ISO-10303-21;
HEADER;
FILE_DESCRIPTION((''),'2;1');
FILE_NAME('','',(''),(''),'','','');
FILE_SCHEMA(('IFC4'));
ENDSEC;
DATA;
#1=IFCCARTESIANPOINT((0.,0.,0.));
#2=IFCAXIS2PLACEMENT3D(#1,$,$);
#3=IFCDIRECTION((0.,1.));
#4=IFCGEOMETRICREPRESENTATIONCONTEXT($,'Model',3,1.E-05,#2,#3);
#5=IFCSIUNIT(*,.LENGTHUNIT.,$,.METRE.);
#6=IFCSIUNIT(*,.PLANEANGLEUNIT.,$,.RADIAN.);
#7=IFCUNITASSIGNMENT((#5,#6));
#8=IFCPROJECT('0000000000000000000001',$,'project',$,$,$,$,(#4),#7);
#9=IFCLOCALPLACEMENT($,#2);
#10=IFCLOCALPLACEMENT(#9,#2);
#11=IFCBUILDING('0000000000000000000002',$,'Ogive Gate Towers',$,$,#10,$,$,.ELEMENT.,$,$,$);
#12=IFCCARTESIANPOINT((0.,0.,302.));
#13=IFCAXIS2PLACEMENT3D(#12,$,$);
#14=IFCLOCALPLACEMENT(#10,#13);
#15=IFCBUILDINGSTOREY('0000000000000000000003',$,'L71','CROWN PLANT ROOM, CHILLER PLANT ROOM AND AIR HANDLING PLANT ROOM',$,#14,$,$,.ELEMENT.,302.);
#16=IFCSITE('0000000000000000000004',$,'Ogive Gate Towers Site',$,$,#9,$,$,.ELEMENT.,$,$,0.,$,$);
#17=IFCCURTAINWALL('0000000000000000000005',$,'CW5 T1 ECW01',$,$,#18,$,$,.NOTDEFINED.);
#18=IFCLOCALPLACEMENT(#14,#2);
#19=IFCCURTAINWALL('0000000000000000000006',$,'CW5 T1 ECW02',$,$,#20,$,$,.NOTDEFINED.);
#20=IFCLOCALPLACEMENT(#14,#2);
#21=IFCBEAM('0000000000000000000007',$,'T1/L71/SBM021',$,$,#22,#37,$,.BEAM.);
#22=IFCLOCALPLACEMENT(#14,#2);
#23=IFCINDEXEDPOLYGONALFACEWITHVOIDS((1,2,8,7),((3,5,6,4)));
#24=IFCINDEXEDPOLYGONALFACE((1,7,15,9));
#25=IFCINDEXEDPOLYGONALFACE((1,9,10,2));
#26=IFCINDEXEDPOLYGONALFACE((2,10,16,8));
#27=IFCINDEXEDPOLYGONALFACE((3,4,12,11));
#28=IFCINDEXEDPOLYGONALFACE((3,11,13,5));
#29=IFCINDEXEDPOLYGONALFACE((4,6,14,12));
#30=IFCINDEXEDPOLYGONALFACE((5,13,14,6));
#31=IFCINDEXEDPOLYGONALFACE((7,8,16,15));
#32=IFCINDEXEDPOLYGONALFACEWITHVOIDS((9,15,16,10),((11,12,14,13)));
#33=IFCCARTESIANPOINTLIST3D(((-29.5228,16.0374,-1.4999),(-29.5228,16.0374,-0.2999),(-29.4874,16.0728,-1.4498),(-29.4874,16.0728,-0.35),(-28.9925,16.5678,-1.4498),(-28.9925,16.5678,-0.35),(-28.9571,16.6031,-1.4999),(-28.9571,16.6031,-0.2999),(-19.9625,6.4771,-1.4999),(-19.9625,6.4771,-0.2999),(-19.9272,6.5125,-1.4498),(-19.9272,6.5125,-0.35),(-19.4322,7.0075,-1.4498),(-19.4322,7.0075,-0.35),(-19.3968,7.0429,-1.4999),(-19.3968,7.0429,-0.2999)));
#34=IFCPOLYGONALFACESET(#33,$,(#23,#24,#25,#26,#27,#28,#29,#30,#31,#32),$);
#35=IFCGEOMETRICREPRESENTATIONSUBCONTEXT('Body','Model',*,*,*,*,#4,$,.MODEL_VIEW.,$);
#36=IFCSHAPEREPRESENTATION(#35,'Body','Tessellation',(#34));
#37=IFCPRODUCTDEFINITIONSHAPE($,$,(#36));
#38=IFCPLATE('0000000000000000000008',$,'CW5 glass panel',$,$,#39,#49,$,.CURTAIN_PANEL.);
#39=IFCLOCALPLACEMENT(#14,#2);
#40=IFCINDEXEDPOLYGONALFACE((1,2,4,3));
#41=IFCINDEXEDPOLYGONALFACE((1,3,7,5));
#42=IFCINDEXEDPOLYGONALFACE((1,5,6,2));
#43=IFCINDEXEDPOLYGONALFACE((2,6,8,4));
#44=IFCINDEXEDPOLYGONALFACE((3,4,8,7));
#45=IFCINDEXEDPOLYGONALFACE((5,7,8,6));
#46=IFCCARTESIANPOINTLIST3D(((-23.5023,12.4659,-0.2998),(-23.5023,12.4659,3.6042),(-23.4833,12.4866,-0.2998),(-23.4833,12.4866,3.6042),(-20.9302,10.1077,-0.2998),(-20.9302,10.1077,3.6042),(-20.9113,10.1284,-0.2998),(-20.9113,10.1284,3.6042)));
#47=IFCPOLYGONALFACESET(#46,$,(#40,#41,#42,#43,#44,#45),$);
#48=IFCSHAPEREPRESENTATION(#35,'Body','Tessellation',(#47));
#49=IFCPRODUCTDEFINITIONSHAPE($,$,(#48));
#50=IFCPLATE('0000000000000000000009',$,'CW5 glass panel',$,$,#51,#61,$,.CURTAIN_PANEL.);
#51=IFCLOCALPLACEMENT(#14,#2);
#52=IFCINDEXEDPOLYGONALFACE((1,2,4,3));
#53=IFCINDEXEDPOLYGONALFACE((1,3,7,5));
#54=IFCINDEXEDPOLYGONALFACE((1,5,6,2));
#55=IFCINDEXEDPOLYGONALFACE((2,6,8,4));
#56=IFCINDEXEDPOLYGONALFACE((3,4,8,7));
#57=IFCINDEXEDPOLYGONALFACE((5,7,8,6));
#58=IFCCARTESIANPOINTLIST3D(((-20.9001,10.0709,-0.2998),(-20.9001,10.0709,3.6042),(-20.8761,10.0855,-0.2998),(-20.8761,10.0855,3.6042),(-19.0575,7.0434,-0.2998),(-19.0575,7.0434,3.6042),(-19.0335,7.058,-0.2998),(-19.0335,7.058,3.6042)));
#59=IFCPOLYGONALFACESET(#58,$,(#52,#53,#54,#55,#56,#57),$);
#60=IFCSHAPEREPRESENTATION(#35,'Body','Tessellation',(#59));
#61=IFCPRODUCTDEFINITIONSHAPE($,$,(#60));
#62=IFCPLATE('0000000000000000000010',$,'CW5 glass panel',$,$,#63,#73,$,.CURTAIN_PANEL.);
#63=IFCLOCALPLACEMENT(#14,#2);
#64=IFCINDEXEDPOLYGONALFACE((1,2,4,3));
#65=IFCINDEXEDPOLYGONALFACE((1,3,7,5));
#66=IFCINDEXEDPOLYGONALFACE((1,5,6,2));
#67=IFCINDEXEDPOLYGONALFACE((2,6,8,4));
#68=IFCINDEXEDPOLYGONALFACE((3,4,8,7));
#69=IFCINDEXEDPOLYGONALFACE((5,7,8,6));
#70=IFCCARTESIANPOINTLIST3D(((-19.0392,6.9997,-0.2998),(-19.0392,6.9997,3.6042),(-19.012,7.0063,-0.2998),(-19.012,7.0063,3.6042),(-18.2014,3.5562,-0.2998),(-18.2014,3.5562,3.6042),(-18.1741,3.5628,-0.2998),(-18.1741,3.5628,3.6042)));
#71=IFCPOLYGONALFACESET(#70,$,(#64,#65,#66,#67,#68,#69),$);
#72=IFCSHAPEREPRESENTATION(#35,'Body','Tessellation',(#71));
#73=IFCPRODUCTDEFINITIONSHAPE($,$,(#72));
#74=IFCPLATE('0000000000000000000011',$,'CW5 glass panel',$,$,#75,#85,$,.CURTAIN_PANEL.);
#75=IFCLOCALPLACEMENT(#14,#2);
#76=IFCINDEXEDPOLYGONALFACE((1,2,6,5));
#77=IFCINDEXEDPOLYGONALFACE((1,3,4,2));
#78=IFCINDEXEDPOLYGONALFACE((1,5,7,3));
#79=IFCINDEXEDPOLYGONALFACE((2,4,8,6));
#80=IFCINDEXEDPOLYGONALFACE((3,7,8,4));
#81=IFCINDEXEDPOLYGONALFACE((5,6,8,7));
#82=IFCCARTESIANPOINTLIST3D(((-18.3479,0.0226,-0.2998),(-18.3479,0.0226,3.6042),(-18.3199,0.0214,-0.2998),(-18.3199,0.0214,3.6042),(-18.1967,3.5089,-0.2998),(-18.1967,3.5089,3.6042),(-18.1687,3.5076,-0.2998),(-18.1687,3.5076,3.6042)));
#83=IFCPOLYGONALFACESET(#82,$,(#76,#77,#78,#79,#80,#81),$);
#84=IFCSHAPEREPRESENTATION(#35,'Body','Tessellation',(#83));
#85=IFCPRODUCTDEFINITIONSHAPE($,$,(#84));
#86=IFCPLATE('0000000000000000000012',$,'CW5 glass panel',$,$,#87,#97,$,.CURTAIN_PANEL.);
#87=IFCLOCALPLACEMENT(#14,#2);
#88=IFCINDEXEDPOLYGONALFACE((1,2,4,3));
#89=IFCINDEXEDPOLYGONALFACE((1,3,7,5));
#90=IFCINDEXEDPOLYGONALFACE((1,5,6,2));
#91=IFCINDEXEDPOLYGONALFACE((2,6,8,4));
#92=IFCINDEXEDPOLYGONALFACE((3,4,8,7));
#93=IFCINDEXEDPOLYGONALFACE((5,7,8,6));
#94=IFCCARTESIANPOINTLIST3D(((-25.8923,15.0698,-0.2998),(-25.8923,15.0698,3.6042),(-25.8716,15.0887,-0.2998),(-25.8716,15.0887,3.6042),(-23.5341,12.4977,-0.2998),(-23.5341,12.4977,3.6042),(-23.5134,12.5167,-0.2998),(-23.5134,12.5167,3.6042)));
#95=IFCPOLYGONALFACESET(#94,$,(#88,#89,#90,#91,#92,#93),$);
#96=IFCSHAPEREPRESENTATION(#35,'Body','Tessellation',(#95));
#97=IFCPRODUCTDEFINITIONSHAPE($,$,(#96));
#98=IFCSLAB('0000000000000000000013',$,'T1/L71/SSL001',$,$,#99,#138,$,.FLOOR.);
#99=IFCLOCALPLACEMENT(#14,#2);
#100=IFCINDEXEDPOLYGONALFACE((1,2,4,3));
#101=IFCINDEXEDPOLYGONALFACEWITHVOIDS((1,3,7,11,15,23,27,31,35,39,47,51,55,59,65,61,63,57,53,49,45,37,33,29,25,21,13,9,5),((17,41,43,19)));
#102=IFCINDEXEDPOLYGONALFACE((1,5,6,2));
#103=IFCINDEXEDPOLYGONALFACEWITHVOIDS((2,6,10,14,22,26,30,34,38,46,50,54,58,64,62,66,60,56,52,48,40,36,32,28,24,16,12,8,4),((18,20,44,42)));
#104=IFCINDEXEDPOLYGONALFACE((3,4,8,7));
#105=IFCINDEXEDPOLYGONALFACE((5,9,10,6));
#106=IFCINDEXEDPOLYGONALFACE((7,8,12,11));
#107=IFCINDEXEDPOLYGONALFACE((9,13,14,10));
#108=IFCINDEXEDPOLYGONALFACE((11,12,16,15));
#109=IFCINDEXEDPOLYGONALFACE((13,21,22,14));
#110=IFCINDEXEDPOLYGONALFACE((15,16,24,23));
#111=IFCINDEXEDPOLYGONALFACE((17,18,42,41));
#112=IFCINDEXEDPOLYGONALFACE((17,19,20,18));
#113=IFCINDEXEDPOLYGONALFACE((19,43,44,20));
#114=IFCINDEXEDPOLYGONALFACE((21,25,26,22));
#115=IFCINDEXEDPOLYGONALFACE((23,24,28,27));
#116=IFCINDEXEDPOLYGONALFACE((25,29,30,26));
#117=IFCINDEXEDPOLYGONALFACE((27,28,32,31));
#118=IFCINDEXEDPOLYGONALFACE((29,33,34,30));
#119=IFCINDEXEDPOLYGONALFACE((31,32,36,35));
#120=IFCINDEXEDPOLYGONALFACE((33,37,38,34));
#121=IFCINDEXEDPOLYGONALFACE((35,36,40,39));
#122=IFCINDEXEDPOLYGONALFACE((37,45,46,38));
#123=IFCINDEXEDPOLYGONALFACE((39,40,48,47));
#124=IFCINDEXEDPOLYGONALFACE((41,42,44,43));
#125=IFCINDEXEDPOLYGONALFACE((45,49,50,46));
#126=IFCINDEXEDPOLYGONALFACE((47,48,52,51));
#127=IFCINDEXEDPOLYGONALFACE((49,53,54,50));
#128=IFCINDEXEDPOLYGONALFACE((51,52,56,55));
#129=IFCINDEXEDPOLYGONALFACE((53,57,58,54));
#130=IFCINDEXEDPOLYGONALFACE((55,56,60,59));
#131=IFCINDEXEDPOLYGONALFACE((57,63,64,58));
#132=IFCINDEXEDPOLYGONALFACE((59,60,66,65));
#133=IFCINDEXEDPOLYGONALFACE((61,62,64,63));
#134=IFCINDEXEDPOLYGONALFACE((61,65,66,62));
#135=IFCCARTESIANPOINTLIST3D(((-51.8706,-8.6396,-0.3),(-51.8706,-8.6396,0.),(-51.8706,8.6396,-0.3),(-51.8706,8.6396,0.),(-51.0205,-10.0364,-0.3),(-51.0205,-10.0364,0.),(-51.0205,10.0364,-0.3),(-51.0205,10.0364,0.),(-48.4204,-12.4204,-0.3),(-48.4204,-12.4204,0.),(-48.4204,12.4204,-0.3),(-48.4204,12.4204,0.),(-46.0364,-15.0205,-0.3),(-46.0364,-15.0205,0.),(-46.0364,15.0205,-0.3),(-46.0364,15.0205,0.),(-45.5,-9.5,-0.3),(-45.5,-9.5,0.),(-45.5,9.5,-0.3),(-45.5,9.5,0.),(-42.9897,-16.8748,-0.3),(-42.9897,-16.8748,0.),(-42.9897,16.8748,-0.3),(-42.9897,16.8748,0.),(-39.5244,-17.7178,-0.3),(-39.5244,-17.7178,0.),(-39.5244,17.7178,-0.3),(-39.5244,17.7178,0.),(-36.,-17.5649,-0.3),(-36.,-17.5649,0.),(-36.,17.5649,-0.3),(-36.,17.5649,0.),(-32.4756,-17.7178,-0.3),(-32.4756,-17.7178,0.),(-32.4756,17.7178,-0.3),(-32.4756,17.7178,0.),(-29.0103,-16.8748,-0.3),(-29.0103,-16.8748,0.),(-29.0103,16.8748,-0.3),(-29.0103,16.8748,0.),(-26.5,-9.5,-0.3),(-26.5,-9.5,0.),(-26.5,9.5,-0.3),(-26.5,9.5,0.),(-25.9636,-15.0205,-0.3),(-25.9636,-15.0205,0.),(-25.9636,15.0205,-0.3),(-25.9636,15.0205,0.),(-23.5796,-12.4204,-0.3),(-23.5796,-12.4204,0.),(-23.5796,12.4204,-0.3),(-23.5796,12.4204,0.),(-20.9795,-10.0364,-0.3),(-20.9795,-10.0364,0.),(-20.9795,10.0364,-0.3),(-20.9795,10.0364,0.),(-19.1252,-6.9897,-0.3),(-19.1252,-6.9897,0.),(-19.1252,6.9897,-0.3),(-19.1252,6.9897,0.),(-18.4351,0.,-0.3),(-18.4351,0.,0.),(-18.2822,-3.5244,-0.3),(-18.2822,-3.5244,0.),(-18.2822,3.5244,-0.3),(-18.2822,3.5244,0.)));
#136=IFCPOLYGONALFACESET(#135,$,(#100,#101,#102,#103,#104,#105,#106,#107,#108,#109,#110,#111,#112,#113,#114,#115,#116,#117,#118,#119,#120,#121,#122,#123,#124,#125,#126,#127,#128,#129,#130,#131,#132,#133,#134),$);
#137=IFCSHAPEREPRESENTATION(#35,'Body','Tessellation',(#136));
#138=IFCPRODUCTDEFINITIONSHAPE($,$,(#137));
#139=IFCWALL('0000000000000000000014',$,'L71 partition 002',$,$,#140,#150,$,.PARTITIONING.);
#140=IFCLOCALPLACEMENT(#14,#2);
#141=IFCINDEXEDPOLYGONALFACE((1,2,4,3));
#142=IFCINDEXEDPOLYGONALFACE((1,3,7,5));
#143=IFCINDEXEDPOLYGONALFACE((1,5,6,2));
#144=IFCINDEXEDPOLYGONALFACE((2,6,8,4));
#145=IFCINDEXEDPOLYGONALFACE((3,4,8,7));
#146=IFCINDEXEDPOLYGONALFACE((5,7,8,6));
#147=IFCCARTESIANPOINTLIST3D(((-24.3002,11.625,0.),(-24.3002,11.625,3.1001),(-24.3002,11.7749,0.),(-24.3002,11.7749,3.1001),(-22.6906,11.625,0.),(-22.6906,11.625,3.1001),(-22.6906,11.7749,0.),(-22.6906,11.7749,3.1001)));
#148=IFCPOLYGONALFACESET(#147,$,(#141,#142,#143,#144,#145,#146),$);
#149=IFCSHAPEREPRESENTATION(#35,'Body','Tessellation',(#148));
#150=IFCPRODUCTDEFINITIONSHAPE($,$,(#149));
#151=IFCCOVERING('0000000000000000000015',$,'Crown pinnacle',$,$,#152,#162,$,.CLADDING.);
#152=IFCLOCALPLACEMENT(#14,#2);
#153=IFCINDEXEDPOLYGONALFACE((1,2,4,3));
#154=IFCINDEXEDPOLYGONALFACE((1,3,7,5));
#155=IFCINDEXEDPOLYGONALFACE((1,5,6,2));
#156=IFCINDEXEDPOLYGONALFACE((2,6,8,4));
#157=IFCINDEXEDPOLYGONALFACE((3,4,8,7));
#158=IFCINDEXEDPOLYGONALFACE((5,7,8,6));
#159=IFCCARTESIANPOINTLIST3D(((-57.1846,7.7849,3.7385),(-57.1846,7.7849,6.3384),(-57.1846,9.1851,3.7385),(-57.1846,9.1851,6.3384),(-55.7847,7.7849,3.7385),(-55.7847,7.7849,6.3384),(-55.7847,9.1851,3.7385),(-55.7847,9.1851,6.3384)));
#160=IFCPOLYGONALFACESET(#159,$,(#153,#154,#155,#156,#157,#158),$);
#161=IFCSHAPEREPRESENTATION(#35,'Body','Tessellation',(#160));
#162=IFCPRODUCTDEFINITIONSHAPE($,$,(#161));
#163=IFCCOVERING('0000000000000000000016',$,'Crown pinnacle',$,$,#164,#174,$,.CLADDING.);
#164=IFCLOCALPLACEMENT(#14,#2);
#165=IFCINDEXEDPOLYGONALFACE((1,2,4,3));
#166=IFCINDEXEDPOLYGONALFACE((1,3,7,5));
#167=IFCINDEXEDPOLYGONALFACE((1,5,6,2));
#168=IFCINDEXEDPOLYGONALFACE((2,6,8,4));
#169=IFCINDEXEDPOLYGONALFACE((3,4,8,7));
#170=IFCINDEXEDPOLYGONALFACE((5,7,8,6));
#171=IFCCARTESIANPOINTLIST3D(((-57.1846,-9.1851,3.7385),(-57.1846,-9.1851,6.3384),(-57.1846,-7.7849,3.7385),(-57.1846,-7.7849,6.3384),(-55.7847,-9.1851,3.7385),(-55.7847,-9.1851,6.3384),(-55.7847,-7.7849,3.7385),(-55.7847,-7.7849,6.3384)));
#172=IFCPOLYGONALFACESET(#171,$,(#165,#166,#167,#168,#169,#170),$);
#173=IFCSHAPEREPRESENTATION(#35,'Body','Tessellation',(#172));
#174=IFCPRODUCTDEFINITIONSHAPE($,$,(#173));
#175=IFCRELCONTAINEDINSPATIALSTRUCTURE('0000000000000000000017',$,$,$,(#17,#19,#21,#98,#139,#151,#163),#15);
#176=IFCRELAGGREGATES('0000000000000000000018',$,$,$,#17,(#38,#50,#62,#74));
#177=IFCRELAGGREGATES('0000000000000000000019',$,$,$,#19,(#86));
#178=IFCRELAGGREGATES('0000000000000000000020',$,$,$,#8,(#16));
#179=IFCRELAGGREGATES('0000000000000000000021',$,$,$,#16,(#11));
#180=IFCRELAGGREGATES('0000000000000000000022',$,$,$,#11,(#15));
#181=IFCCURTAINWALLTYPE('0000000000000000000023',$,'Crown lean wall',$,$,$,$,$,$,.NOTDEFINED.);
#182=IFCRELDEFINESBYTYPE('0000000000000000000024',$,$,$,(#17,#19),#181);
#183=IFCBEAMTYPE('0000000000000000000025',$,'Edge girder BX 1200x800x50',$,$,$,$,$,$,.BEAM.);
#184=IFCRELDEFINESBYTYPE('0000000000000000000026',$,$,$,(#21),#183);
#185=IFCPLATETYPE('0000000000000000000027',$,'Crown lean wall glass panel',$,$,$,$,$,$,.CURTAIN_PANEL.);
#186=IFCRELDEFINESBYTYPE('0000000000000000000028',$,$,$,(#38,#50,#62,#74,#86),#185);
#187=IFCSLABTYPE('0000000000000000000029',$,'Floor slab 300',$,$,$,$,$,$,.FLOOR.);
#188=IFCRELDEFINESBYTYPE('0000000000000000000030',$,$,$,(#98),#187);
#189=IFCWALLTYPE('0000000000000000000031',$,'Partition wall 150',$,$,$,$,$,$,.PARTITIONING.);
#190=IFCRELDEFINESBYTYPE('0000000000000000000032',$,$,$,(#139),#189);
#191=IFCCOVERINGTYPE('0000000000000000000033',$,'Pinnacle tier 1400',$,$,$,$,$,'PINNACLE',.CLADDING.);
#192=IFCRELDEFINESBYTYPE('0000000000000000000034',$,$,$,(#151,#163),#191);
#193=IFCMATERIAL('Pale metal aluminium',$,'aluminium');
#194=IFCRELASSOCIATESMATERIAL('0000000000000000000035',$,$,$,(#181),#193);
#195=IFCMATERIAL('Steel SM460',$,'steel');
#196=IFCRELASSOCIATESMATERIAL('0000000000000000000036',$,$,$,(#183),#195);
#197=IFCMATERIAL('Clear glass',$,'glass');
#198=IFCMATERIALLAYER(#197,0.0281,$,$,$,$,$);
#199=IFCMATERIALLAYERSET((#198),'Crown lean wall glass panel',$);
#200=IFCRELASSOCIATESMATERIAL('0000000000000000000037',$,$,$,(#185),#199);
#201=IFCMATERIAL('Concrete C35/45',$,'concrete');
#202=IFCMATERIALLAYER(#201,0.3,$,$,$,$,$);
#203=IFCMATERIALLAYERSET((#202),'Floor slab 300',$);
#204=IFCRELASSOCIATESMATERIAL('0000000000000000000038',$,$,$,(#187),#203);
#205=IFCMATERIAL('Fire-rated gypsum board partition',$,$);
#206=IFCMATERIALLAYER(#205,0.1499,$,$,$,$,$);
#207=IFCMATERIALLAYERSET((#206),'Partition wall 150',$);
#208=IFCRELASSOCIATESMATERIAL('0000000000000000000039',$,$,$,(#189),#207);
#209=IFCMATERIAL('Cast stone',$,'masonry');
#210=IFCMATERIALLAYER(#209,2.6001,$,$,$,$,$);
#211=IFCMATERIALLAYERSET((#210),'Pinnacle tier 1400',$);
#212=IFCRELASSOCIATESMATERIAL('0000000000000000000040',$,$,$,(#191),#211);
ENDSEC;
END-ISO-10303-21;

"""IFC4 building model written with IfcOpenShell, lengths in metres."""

from ifc_helpers import new_model, si_unit, direction, frame, frame_2d, origin, origin_2d, place, context, subcontext, project, spatial, polyline, rectangle, hollow_rectangle, outline, extrude, material, layer, layer_set, material_profile, profile_set, type_object, element, aggregate, save


model = new_model("IFC4")

# Units and contexts
model_context = context("Model", 3, precision=1e-05, world=origin(), true_north=direction((0.0, 1.0)))
body_context = subcontext(model_context, "Body", "Model", "MODEL_VIEW")
ifc_project = project(units=[si_unit("LENGTHUNIT", "METRE"), si_unit("PLANEANGLEUNIT", "RADIAN")], contexts=[model_context])

# Site, building, storey
site_placement = place(None, origin())
site = spatial("IfcSite", under=ifc_project, at=site_placement, Name="Ogive Gate Towers Site", CompositionType="ELEMENT", RefElevation=0.0)
building_placement = place(site_placement, origin())
building = spatial("IfcBuilding", under=site, at=building_placement, Name="Ogive Gate Towers", CompositionType="ELEMENT")
storey_placement = place(building_placement, frame((0.0, 0.0, 302.0)))
storey = spatial("IfcBuildingStorey", under=building, at=storey_placement, Name="L71", Description="CROWN PLANT ROOM, CHILLER PLANT ROOM AND AIR HANDLING PLANT ROOM", CompositionType="ELEMENT", Elevation=302.0)

# Shared definitions
ifc_material_1 = material(Name="Steel SM460", Category="steel")

# Curtain wall
ifc_material_2 = material(Name="Pale metal aluminium", Category="aluminium")
curtain_wall_type = type_object("IfcCurtainWallType", Name="Crown lean wall", PredefinedType="NOTDEFINED", material=ifc_material_2)
curtain_wall_1_placement = place(storey_placement, origin())
curtain_wall_1 = element("IfcCurtainWall", 1, at=curtain_wall_1_placement, inside=storey, type_object=curtain_wall_type, Name="CW5 T1 ECW01", PredefinedType="NOTDEFINED")

# Curtain wall
curtain_wall_2_placement = place(storey_placement, origin())
curtain_wall_2 = element("IfcCurtainWall", 2, at=curtain_wall_2_placement, inside=storey, type_object=curtain_wall_type, Name="CW5 T1 ECW02", PredefinedType="NOTDEFINED")

# Beam
ifc_material_profile_1 = material_profile(ifc_material_1, hollow_rectangle(XDim=0.8, YDim=1.2, WallThickness=0.05, at=origin_2d()), Name="BX 1200x800x50")
ifc_profile_set_1 = profile_set([ifc_material_profile_1], Name="Steel SM460")
beam_type = type_object("IfcBeamType", Name="Edge girder BX 1200x800x50", PredefinedType="BEAM", material=ifc_profile_set_1)
beam_placement = place(storey_placement, frame((-19.6797, 6.76, -0.8999), z_axis=(-0.707107, 0.707107, 0.0), x_axis=(-0.707107, -0.707107, 0.0)))
element("IfcBeam", 3, at=beam_placement, inside=storey, type_object=beam_type, Name="T1/L71/SBM021", PredefinedType="BEAM", context=body_context, shape_type="SweptSolid", body=[
    extrude(hollow_rectangle(XDim=0.8, YDim=1.2, WallThickness=0.05, at=origin_2d()), origin(), (0.0, 0.0, 1.0), 13.5203),
])

# Plates
ifc_material_3 = material(Name="Clear glass", Category="glass")
ifc_layer_1 = layer(ifc_material_3, 0.0281)
ifc_layer_set_1 = layer_set([ifc_layer_1], Name="Crown lean wall glass panel")
plate_type = type_object("IfcPlateType", Name="Crown lean wall glass panel", PredefinedType="CURTAIN_PANEL", material=ifc_layer_set_1)
plate_1_placement = place(storey_placement, frame((-22.2068, 11.2971, -0.2998), z_axis=(0.0, 0.0, 1.0), x_axis=(0.737089, -0.675796, 0.0)))
plate_1 = element("IfcPlate", 4, at=plate_1_placement, type_object=plate_type, Name="CW5 glass panel", PredefinedType="CURTAIN_PANEL", context=body_context, shape_type="SweptSolid", body=[
    extrude(rectangle(XDim=3.4895, YDim=0.0281, at=origin_2d()), origin(), (0.0, 0.0, 1.0), 3.9041),
])
plate_2_placement = place(storey_placement, frame((-19.9668, 8.5645, -0.2998), z_axis=(0.0, 0.0, 1.0), x_axis=(0.519892, -0.854232, 0.0)))
plate_2 = element("IfcPlate", 5, at=plate_2_placement, type_object=plate_type, Name="CW5 glass panel", PredefinedType="CURTAIN_PANEL", context=body_context, shape_type="SweptSolid", body=[
    extrude(rectangle(XDim=3.5442, YDim=0.0281, at=origin_2d()), origin(), (0.0, 0.0, 1.0), 3.9041),
])
plate_3_placement = place(storey_placement, frame((-18.6067, 5.2812, -0.2998), z_axis=(0.0, 0.0, 1.0), x_axis=(0.236414, -0.971652, 0.0)))
plate_3 = element("IfcPlate", 6, at=plate_3_placement, type_object=plate_type, Name="CW5 glass panel", PredefinedType="CURTAIN_PANEL", context=body_context, shape_type="SweptSolid", body=[
    extrude(rectangle(XDim=3.5439, YDim=0.0281, at=origin_2d()), origin(), (0.0, 0.0, 1.0), 3.9041),
])
plate_4_placement = place(storey_placement, frame((-18.2583, 1.7651, -0.2998), z_axis=(0.0, 0.0, 1.0), x_axis=(-0.04334, -0.99906, 0.0)))
plate_4 = element("IfcPlate", 7, at=plate_4_placement, type_object=plate_type, Name="CW5 glass panel", PredefinedType="CURTAIN_PANEL", context=body_context, shape_type="SweptSolid", body=[
    extrude(rectangle(XDim=3.4895, YDim=0.0281, at=origin_2d()), origin(), (0.0, 0.0, 1.0), 3.9041),
])
aggregate(curtain_wall_1, [plate_1, plate_2, plate_3, plate_4])
plate_5_placement = place(storey_placement, frame((-24.7029, 13.7932, -0.2998), z_axis=(0.0, 0.0, 1.0), x_axis=(0.675796, -0.737089, 0.0)))
plate_5 = element("IfcPlate", 8, at=plate_5_placement, type_object=plate_type, Name="CW5 glass panel", PredefinedType="CURTAIN_PANEL", context=body_context, shape_type="SweptSolid", body=[
    extrude(rectangle(XDim=3.4895, YDim=0.0281, at=origin_2d()), origin(), (0.0, 0.0, 1.0), 3.9041),
])
aggregate(curtain_wall_2, [plate_5])

# Slab
ifc_material_4 = material(Name="Concrete C35/45", Category="concrete")
ifc_layer_2 = layer(ifc_material_4, 0.3)
ifc_layer_set_2 = layer_set([ifc_layer_2], Name="Floor slab 300")
slab_type = type_object("IfcSlabType", Name="Floor slab 300", PredefinedType="FLOOR", material=ifc_layer_set_2)
slab_placement = place(storey_placement, frame((0.0, 0.0, -0.3)))
element("IfcSlab", 9, at=slab_placement, inside=storey, type_object=slab_type, Name="T1/L71/SSL001", PredefinedType="FLOOR", context=body_context, shape_type="SweptSolid", body=[
    extrude(outline(polyline([(-48.4204, 12.4204), (-51.0205, 10.0364), (-51.8706, 8.6396), (-51.8706, -8.6396), (-51.0205, -10.0364), (-48.4204, -12.4204), (-46.0364, -15.0205), (-42.9897, -16.8748), (-39.5244, -17.7178), (-36.0, -17.5649), (-32.4756, -17.7178), (-29.0103, -16.8748), (-25.9636, -15.0205), (-23.5796, -12.4204), (-20.9795, -10.0364), (-19.1252, -6.9897), (-18.2822, -3.5244), (-18.4351, 0.0), (-18.2822, 3.5244), (-19.1252, 6.9897), (-20.9795, 10.0364), (-23.5796, 12.4204), (-25.9636, 15.0205), (-29.0103, 16.8748), (-32.4756, 17.7178), (-36.0, 17.5649), (-39.5244, 17.7178), (-42.9897, 16.8748), (-46.0364, 15.0205), (-48.4204, 12.4204)]), holes=[polyline([(-26.5, -9.5), (-45.5, -9.5), (-45.5, 9.5), (-26.5, 9.5), (-26.5, -9.5)])]), origin(), (0.0, 0.0, 1.0), 0.3),
])

# Wall
ifc_material_5 = material(Name="Fire-rated gypsum board partition")
ifc_layer_3 = layer(ifc_material_5, 0.1499)
ifc_layer_set_3 = layer_set([ifc_layer_3], Name="Partition wall 150")
wall_type = type_object("IfcWallType", Name="Partition wall 150", PredefinedType="PARTITIONING", material=ifc_layer_set_3)
wall_placement = place(storey_placement, frame((-24.3, 11.7, 0.0), z_axis=(0.0, 0.0, 1.0), x_axis=(1.0, 0.0, 0.0)))
element("IfcWall", 10, at=wall_placement, inside=storey, type_object=wall_type, Name="L71 partition 002", PredefinedType="PARTITIONING", context=body_context, shape_type="SweptSolid", body=[
    extrude(rectangle(XDim=1.6096, YDim=0.1499, at=frame_2d((0.8047, 0.0))), origin(), (0.0, 0.0, 1.0), 3.1001),
])

# Coverings
ifc_material_6 = material(Name="Cast stone", Category="masonry")
ifc_layer_4 = layer(ifc_material_6, 2.6001)
ifc_layer_set_4 = layer_set([ifc_layer_4], Name="Pinnacle tier 1400")
covering_type = type_object("IfcCoveringType", Name="Pinnacle tier 1400", ElementType="PINNACLE", PredefinedType="CLADDING", material=ifc_layer_set_4)
covering_1_placement = place(storey_placement, frame((0.0, 0.0, 3.7385)))
element("IfcCovering", 11, at=covering_1_placement, inside=storey, type_object=covering_type, Name="Crown pinnacle", PredefinedType="CLADDING", context=body_context, shape_type="SweptSolid", body=[
    extrude(outline(polyline([(-57.1846, 7.7849), (-55.7847, 7.7849), (-55.7847, 9.1851), (-57.1846, 9.1851), (-57.1846, 7.7849)])), origin(), (0.0, 0.0, 1.0), 2.5999),
])
covering_2_placement = place(storey_placement, frame((0.0, 0.0, 3.7385)))
element("IfcCovering", 12, at=covering_2_placement, inside=storey, type_object=covering_type, Name="Crown pinnacle", PredefinedType="CLADDING", context=body_context, shape_type="SweptSolid", body=[
    extrude(outline(polyline([(-57.1846, -9.1851), (-55.7847, -9.1851), (-55.7847, -7.7849), (-57.1846, -7.7849), (-57.1846, -9.1851)])), origin(), (0.0, 0.0, 1.0), 2.5999),
])

save(model, "model.ifc")
